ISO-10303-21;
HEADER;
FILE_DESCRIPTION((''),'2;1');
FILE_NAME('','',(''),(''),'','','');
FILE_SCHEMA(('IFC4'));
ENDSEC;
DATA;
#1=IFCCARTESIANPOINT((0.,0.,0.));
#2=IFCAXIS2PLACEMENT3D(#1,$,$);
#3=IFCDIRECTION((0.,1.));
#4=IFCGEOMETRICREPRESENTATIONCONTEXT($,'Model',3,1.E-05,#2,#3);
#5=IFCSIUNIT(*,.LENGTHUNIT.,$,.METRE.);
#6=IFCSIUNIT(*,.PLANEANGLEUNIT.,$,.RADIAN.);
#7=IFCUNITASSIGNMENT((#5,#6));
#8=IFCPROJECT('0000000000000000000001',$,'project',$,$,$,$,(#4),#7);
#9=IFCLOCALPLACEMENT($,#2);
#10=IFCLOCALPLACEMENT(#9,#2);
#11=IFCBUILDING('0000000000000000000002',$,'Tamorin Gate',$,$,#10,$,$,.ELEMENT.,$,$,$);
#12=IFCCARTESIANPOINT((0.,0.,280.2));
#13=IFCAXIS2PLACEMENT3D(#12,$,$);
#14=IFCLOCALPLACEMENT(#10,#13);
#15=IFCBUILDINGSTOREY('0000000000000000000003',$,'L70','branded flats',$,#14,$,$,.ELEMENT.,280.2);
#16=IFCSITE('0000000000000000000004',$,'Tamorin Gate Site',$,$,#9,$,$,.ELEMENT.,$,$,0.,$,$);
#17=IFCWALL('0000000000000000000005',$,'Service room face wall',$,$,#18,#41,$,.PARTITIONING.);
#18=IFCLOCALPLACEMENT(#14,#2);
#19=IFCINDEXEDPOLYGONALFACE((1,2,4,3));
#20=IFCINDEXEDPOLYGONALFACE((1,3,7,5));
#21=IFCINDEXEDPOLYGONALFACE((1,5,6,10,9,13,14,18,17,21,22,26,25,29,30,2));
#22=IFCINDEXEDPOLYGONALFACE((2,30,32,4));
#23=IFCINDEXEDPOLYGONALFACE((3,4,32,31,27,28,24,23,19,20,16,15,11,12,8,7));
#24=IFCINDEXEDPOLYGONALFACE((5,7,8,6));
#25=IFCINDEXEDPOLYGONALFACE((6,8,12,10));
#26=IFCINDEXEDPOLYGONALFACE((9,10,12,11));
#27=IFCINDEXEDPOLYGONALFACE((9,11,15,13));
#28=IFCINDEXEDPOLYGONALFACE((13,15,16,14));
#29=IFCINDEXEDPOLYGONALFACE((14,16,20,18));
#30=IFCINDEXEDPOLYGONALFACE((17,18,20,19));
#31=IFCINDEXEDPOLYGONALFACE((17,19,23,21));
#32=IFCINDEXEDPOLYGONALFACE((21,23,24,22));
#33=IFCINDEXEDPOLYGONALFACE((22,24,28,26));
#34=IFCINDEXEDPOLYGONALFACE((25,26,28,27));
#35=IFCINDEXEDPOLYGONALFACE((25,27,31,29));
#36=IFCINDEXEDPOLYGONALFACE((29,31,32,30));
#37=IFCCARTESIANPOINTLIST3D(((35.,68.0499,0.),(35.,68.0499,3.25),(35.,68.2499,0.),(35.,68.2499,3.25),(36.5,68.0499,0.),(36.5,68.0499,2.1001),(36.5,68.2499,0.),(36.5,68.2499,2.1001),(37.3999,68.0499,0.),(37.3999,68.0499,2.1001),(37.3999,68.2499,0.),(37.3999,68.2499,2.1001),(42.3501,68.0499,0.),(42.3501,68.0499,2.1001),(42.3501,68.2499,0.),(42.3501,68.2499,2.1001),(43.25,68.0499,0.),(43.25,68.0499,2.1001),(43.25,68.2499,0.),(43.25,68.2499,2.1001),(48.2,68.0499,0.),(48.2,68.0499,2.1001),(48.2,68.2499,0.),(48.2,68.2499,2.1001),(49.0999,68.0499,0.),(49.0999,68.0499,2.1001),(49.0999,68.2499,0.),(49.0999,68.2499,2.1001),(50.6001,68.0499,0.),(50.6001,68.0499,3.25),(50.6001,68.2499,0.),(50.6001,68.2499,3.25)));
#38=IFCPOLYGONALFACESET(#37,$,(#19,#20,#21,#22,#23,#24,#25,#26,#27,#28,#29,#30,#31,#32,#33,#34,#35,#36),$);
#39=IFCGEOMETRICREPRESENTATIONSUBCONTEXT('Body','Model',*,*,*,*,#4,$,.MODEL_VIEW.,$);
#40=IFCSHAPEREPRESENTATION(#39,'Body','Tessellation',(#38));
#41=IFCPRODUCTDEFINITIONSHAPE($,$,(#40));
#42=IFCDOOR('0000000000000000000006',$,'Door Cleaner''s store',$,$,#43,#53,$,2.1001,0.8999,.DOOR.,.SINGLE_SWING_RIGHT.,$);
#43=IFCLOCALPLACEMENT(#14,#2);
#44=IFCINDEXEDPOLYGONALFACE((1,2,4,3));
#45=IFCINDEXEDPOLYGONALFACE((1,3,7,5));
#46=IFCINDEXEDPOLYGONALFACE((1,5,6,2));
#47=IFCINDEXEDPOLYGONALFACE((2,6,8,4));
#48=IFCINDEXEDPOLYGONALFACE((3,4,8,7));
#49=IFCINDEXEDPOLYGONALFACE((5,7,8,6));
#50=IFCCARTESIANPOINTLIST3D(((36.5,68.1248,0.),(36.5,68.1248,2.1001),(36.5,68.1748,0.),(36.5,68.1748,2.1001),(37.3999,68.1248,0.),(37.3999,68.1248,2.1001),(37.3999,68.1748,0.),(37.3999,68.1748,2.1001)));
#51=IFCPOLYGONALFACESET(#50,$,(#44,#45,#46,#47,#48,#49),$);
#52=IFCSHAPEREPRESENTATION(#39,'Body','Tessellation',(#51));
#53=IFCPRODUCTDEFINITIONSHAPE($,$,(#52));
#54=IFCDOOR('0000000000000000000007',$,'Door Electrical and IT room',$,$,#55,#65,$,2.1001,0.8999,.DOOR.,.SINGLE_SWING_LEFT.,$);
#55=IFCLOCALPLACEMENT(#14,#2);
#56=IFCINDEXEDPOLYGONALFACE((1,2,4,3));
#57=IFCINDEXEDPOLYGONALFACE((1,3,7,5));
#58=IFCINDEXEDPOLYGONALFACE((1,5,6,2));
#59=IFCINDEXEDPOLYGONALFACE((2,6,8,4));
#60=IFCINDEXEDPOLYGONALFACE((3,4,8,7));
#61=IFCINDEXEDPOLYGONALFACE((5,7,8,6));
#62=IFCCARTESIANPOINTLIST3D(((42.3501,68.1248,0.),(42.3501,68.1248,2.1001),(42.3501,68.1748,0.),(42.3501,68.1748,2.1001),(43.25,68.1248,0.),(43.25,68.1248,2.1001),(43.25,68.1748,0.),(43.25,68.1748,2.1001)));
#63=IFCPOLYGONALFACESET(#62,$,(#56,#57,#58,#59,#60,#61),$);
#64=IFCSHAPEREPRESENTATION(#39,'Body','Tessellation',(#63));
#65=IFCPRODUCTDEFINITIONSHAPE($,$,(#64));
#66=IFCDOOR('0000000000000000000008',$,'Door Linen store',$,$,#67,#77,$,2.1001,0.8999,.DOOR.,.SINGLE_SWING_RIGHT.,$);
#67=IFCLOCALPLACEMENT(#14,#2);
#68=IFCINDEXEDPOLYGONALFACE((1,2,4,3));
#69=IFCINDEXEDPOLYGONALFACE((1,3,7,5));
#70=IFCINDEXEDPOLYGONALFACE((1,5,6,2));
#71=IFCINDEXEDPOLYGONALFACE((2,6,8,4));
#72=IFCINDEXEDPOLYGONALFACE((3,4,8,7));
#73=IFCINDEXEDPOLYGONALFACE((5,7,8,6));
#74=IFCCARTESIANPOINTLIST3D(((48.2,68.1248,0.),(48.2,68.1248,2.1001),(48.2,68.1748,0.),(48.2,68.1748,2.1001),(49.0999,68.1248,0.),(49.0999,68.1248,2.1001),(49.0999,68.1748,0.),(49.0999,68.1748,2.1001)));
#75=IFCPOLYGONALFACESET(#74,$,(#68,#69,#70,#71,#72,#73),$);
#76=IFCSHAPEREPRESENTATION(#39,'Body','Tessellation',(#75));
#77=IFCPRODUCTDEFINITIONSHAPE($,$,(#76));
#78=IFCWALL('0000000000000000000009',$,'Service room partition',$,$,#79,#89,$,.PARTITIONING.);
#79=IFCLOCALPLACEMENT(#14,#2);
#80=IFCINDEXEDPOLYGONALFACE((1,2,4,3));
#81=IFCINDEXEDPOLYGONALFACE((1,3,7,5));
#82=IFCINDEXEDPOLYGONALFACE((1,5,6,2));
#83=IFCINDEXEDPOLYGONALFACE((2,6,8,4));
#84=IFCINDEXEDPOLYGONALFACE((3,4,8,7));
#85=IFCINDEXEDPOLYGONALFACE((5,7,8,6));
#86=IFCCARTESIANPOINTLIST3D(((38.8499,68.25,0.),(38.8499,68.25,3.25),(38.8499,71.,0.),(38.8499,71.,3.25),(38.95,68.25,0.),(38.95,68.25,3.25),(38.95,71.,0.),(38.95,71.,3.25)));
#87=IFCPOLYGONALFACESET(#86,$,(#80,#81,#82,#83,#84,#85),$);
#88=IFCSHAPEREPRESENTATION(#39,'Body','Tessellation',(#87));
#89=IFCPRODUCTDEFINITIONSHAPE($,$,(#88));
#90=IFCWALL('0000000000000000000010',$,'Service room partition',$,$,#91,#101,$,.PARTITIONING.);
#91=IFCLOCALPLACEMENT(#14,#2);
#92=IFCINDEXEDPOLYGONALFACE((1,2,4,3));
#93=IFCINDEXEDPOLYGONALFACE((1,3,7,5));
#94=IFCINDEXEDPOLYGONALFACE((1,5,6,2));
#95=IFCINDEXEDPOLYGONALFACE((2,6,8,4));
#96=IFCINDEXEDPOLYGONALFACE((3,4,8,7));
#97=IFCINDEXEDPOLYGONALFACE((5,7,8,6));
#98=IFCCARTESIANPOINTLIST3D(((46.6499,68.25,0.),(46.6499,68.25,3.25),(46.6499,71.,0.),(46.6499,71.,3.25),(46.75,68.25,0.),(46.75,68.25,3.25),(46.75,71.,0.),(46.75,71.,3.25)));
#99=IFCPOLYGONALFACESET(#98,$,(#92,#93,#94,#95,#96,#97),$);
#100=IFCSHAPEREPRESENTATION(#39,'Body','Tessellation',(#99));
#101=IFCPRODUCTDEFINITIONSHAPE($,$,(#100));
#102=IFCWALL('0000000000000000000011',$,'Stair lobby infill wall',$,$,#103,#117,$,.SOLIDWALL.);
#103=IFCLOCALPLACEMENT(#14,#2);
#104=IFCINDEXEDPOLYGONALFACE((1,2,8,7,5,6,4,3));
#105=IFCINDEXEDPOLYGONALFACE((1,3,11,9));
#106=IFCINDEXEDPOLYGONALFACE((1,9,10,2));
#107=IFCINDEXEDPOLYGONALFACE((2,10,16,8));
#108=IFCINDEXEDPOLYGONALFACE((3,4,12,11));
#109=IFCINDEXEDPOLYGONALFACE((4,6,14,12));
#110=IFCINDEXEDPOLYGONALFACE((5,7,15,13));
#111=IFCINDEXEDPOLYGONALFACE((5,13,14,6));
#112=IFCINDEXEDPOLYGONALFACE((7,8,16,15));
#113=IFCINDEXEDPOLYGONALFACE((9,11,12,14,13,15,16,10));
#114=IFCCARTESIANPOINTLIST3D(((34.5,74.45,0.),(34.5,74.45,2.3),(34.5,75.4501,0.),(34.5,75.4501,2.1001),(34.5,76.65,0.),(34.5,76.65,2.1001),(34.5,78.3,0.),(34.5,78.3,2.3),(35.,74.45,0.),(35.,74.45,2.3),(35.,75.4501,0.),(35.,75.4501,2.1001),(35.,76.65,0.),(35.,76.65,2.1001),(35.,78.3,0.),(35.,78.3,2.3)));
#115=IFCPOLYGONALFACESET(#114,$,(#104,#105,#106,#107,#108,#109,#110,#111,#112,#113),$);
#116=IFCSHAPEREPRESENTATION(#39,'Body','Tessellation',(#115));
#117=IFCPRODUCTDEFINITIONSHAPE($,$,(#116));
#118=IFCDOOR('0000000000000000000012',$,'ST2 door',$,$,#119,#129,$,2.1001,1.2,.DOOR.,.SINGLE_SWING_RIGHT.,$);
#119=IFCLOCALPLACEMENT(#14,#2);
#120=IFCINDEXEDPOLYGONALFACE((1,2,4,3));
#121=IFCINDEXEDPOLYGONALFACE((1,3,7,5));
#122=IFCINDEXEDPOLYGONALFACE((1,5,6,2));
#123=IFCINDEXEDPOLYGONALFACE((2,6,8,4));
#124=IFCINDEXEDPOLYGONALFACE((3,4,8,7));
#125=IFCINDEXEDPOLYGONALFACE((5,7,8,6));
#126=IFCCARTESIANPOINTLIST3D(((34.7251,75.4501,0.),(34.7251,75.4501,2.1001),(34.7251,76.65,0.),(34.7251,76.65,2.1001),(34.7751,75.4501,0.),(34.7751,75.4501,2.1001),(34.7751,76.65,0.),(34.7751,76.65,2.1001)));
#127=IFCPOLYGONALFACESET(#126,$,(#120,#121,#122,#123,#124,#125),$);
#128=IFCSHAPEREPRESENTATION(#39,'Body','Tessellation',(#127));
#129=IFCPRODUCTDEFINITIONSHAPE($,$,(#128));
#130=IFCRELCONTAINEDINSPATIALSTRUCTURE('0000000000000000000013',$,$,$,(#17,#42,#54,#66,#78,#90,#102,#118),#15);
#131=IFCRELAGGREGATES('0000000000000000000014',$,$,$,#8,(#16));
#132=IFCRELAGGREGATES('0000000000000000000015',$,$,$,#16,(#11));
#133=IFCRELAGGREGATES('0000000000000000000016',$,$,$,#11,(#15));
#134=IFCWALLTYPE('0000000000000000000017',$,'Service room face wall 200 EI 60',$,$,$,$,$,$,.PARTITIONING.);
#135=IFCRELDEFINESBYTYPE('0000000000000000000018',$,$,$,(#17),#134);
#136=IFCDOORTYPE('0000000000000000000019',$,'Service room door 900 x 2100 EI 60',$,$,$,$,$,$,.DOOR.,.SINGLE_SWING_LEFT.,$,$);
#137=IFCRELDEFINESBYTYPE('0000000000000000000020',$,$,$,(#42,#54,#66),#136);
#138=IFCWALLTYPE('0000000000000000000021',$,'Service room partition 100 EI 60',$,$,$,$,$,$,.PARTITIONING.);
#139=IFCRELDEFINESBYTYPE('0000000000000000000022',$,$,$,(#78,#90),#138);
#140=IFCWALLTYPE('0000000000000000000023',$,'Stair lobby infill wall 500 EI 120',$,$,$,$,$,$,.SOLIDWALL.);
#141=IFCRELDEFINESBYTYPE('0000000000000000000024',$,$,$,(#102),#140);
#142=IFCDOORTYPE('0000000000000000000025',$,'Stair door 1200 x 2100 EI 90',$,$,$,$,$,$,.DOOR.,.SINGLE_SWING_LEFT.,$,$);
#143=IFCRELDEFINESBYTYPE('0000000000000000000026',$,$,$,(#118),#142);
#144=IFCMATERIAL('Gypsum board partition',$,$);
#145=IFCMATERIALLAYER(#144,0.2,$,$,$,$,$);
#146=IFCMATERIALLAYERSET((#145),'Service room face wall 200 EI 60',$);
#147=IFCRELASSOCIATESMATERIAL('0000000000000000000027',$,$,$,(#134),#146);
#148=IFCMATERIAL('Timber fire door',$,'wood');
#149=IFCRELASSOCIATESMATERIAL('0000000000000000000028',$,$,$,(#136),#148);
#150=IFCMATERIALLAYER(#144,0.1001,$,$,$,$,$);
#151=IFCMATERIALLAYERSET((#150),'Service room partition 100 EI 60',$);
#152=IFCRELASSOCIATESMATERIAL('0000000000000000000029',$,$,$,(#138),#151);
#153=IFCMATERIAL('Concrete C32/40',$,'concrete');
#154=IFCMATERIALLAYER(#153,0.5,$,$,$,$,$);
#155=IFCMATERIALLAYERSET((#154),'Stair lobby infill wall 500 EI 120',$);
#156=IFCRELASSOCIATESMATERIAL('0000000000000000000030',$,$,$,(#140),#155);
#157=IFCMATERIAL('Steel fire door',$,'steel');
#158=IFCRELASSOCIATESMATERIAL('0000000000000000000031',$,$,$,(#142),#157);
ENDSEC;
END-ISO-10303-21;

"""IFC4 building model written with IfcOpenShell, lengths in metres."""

from ifc_helpers import new_model, si_unit, direction, frame, frame_2d, origin, place, context, subcontext, project, spatial, rectangle, extrude, material, layer, layer_set, type_object, element, fill, save


model = new_model("IFC4")

# Units and contexts
model_context = context("Model", 3, precision=1e-05, world=origin(), true_north=direction((0.0, 1.0)))
body_context = subcontext(model_context, "Body", "Model", "MODEL_VIEW")
ifc_project = project(units=[si_unit("LENGTHUNIT", "METRE"), si_unit("PLANEANGLEUNIT", "RADIAN")], contexts=[model_context])

# Site, building, storey
site_placement = place(None, origin())
site = spatial("IfcSite", under=ifc_project, at=site_placement, Name="Tamorin Gate Site", CompositionType="ELEMENT", RefElevation=0.0)
building_placement = place(site_placement, origin())
building = spatial("IfcBuilding", under=site, at=building_placement, Name="Tamorin Gate", CompositionType="ELEMENT")
storey_placement = place(building_placement, frame((0.0, 0.0, 280.2)))
storey = spatial("IfcBuildingStorey", under=building, at=storey_placement, Name="L70", Description="branded flats", CompositionType="ELEMENT", Elevation=280.2)

# Shared definitions
ifc_material_1 = material(Name="Concrete C32/40", Category="concrete")

# Shared definitions
ifc_material_2 = material(Name="Steel fire door", Category="steel")

# Wall, openings, doors
ifc_material_3 = material(Name="Gypsum board partition")
ifc_layer_1 = layer(ifc_material_3, 0.2)
ifc_layer_set_1 = layer_set([ifc_layer_1], Name="Service room face wall 200 EI 60")
wall_type_1 = type_object("IfcWallType", Name="Service room face wall 200 EI 60", PredefinedType="PARTITIONING", material=ifc_layer_set_1)
ifc_material_4 = material(Name="Timber fire door", Category="wood")
door_type_1 = type_object("IfcDoorType", Name="Service room door 900 x 2100 EI 60", OperationType="SINGLE_SWING_LEFT", PredefinedType="DOOR", material=ifc_material_4)
wall_1_placement = place(storey_placement, frame((35.0, 68.1499, 0.0), z_axis=(0.0, 0.0, 1.0), x_axis=(1.0, 0.0, 0.0)))
wall_1 = element("IfcWall", 1, at=wall_1_placement, inside=storey, type_object=wall_type_1, Name="Service room face wall", PredefinedType="PARTITIONING", context=body_context, shape_type="SweptSolid", body=[
    extrude(rectangle(XDim=15.6001, YDim=0.2, at=frame_2d((7.8, 0.0))), origin(), (0.0, 0.0, 1.0), 3.25),
])
opening_1_placement = place(wall_1_placement, frame((1.5, 0.0, 0.0)))
opening_1 = element("IfcOpeningElement", 2, at=opening_1_placement, cuts=wall_1, PredefinedType="OPENING", context=body_context, shape_type="SweptSolid", body=[
    extrude(rectangle(XDim=0.8999, YDim=2.1001, at=frame_2d((0.45, 1.05))), frame((0.0, 0.1099, 0.0), z_axis=(0.0, -1.0, 0.0), x_axis=(1.0, 0.0, 0.0)), (0.0, 0.0, 1.0), 0.22),
])
opening_2_placement = place(wall_1_placement, frame((7.3501, 0.0, 0.0)))
opening_2 = element("IfcOpeningElement", 3, at=opening_2_placement, cuts=wall_1, PredefinedType="OPENING", context=body_context, shape_type="SweptSolid", body=[
    extrude(rectangle(XDim=0.8999, YDim=2.1001, at=frame_2d((0.45, 1.05))), frame((0.0, 0.1099, 0.0), z_axis=(0.0, -1.0, 0.0), x_axis=(1.0, 0.0, 0.0)), (0.0, 0.0, 1.0), 0.22),
])
opening_3_placement = place(wall_1_placement, frame((13.2, 0.0, 0.0)))
opening_3 = element("IfcOpeningElement", 4, at=opening_3_placement, cuts=wall_1, PredefinedType="OPENING", context=body_context, shape_type="SweptSolid", body=[
    extrude(rectangle(XDim=0.8999, YDim=2.1001, at=frame_2d((0.45, 1.05))), frame((0.0, 0.1099, 0.0), z_axis=(0.0, -1.0, 0.0), x_axis=(1.0, 0.0, 0.0)), (0.0, 0.0, 1.0), 0.22),
])
door_1_placement = place(opening_1_placement, origin())
door_1 = element("IfcDoor", 5, at=door_1_placement, inside=storey, type_object=door_type_1, Name="Door Cleaner's store", OperationType="SINGLE_SWING_RIGHT", OverallHeight=2.1001, OverallWidth=0.8999, PredefinedType="DOOR", context=body_context, shape_type="SweptSolid", body=[
    extrude(rectangle(XDim=0.8999, YDim=2.1001, at=frame_2d((0.45, 1.05))), frame((0.0, 0.0249, 0.0), z_axis=(0.0, -1.0, 0.0), x_axis=(1.0, 0.0, 0.0)), (0.0, 0.0, 1.0), 0.05),
])
fill(opening_1, door_1)
door_2_placement = place(opening_2_placement, origin())
door_2 = element("IfcDoor", 6, at=door_2_placement, inside=storey, type_object=door_type_1, Name="Door Electrical and IT room", OperationType="SINGLE_SWING_LEFT", OverallHeight=2.1001, OverallWidth=0.8999, PredefinedType="DOOR", context=body_context, shape_type="SweptSolid", body=[
    extrude(rectangle(XDim=0.8999, YDim=2.1001, at=frame_2d((0.45, 1.05))), frame((0.0, 0.0249, 0.0), z_axis=(0.0, -1.0, 0.0), x_axis=(1.0, 0.0, 0.0)), (0.0, 0.0, 1.0), 0.05),
])
fill(opening_2, door_2)
door_3_placement = place(opening_3_placement, origin())
door_3 = element("IfcDoor", 7, at=door_3_placement, inside=storey, type_object=door_type_1, Name="Door Linen store", OperationType="SINGLE_SWING_RIGHT", OverallHeight=2.1001, OverallWidth=0.8999, PredefinedType="DOOR", context=body_context, shape_type="SweptSolid", body=[
    extrude(rectangle(XDim=0.8999, YDim=2.1001, at=frame_2d((0.45, 1.05))), frame((0.0, 0.0249, 0.0), z_axis=(0.0, -1.0, 0.0), x_axis=(1.0, 0.0, 0.0)), (0.0, 0.0, 1.0), 0.05),
])
fill(opening_3, door_3)

# Walls
ifc_layer_2 = layer(ifc_material_3, 0.1001)
ifc_layer_set_2 = layer_set([ifc_layer_2], Name="Service room partition 100 EI 60")
wall_type_2 = type_object("IfcWallType", Name="Service room partition 100 EI 60", PredefinedType="PARTITIONING", material=ifc_layer_set_2)
for number, where, z_axis, x_axis, name in (
    (8, (38.8999, 68.25, 0.0), (0.0, 0.0, 1.0), (0.0, 1.0, 0.0), "Service room partition"),
    (9, (46.7, 68.25, 0.0), (0.0, 0.0, 1.0), (0.0, 1.0, 0.0), "Service room partition"),
):
    element("IfcWall", number, at=place(storey_placement, frame(where, z_axis=z_axis, x_axis=x_axis)), inside=storey, type_object=wall_type_2, Name=name, PredefinedType="PARTITIONING", context=body_context, shape_type="SweptSolid", body=[
        extrude(rectangle(XDim=2.75, YDim=0.1001, at=frame_2d((1.375, 0.0))), origin(), (0.0, 0.0, 1.0), 3.25),
    ])

# Wall, opening, door
ifc_layer_3 = layer(ifc_material_1, 0.5)
ifc_layer_set_3 = layer_set([ifc_layer_3], Name="Stair lobby infill wall 500 EI 120")
wall_type_3 = type_object("IfcWallType", Name="Stair lobby infill wall 500 EI 120", PredefinedType="SOLIDWALL", material=ifc_layer_set_3)
wall_2_placement = place(storey_placement, frame((34.75, 74.45, 0.0), z_axis=(0.0, 0.0, 1.0), x_axis=(0.0, 1.0, 0.0)))
wall_2 = element("IfcWall", 10, at=wall_2_placement, inside=storey, type_object=wall_type_3, Name="Stair lobby infill wall", PredefinedType="SOLIDWALL", context=body_context, shape_type="SweptSolid", body=[
    extrude(rectangle(XDim=3.8501, YDim=0.5, at=frame_2d((1.925, 0.0))), origin(), (0.0, 0.0, 1.0), 2.3),
])
opening_4_placement = place(wall_2_placement, frame((1.0, 0.0, 0.0)))
opening_4 = element("IfcOpeningElement", 11, at=opening_4_placement, cuts=wall_2, PredefinedType="OPENING", context=body_context, shape_type="SweptSolid", body=[
    extrude(rectangle(XDim=1.2, YDim=2.1001, at=frame_2d((0.6001, 1.05))), frame((0.0, 0.26, 0.0), z_axis=(0.0, -1.0, 0.0), x_axis=(1.0, 0.0, 0.0)), (0.0, 0.0, 1.0), 0.52),
])
door_type_2 = type_object("IfcDoorType", Name="Stair door 1200 x 2100 EI 90", OperationType="SINGLE_SWING_LEFT", PredefinedType="DOOR", material=ifc_material_2)
door_4_placement = place(opening_4_placement, origin())
door_4 = element("IfcDoor", 12, at=door_4_placement, inside=storey, type_object=door_type_2, Name="ST2 door", OperationType="SINGLE_SWING_RIGHT", OverallHeight=2.1001, OverallWidth=1.2, PredefinedType="DOOR", context=body_context, shape_type="SweptSolid", body=[
    extrude(rectangle(XDim=1.2, YDim=2.1001, at=frame_2d((0.6001, 1.05))), frame((0.0, 0.0249, 0.0), z_axis=(0.0, -1.0, 0.0), x_axis=(1.0, 0.0, 0.0)), (0.0, 0.0, 1.0), 0.05),
])
fill(opening_4, door_4)

save(model, "model.ifc")
